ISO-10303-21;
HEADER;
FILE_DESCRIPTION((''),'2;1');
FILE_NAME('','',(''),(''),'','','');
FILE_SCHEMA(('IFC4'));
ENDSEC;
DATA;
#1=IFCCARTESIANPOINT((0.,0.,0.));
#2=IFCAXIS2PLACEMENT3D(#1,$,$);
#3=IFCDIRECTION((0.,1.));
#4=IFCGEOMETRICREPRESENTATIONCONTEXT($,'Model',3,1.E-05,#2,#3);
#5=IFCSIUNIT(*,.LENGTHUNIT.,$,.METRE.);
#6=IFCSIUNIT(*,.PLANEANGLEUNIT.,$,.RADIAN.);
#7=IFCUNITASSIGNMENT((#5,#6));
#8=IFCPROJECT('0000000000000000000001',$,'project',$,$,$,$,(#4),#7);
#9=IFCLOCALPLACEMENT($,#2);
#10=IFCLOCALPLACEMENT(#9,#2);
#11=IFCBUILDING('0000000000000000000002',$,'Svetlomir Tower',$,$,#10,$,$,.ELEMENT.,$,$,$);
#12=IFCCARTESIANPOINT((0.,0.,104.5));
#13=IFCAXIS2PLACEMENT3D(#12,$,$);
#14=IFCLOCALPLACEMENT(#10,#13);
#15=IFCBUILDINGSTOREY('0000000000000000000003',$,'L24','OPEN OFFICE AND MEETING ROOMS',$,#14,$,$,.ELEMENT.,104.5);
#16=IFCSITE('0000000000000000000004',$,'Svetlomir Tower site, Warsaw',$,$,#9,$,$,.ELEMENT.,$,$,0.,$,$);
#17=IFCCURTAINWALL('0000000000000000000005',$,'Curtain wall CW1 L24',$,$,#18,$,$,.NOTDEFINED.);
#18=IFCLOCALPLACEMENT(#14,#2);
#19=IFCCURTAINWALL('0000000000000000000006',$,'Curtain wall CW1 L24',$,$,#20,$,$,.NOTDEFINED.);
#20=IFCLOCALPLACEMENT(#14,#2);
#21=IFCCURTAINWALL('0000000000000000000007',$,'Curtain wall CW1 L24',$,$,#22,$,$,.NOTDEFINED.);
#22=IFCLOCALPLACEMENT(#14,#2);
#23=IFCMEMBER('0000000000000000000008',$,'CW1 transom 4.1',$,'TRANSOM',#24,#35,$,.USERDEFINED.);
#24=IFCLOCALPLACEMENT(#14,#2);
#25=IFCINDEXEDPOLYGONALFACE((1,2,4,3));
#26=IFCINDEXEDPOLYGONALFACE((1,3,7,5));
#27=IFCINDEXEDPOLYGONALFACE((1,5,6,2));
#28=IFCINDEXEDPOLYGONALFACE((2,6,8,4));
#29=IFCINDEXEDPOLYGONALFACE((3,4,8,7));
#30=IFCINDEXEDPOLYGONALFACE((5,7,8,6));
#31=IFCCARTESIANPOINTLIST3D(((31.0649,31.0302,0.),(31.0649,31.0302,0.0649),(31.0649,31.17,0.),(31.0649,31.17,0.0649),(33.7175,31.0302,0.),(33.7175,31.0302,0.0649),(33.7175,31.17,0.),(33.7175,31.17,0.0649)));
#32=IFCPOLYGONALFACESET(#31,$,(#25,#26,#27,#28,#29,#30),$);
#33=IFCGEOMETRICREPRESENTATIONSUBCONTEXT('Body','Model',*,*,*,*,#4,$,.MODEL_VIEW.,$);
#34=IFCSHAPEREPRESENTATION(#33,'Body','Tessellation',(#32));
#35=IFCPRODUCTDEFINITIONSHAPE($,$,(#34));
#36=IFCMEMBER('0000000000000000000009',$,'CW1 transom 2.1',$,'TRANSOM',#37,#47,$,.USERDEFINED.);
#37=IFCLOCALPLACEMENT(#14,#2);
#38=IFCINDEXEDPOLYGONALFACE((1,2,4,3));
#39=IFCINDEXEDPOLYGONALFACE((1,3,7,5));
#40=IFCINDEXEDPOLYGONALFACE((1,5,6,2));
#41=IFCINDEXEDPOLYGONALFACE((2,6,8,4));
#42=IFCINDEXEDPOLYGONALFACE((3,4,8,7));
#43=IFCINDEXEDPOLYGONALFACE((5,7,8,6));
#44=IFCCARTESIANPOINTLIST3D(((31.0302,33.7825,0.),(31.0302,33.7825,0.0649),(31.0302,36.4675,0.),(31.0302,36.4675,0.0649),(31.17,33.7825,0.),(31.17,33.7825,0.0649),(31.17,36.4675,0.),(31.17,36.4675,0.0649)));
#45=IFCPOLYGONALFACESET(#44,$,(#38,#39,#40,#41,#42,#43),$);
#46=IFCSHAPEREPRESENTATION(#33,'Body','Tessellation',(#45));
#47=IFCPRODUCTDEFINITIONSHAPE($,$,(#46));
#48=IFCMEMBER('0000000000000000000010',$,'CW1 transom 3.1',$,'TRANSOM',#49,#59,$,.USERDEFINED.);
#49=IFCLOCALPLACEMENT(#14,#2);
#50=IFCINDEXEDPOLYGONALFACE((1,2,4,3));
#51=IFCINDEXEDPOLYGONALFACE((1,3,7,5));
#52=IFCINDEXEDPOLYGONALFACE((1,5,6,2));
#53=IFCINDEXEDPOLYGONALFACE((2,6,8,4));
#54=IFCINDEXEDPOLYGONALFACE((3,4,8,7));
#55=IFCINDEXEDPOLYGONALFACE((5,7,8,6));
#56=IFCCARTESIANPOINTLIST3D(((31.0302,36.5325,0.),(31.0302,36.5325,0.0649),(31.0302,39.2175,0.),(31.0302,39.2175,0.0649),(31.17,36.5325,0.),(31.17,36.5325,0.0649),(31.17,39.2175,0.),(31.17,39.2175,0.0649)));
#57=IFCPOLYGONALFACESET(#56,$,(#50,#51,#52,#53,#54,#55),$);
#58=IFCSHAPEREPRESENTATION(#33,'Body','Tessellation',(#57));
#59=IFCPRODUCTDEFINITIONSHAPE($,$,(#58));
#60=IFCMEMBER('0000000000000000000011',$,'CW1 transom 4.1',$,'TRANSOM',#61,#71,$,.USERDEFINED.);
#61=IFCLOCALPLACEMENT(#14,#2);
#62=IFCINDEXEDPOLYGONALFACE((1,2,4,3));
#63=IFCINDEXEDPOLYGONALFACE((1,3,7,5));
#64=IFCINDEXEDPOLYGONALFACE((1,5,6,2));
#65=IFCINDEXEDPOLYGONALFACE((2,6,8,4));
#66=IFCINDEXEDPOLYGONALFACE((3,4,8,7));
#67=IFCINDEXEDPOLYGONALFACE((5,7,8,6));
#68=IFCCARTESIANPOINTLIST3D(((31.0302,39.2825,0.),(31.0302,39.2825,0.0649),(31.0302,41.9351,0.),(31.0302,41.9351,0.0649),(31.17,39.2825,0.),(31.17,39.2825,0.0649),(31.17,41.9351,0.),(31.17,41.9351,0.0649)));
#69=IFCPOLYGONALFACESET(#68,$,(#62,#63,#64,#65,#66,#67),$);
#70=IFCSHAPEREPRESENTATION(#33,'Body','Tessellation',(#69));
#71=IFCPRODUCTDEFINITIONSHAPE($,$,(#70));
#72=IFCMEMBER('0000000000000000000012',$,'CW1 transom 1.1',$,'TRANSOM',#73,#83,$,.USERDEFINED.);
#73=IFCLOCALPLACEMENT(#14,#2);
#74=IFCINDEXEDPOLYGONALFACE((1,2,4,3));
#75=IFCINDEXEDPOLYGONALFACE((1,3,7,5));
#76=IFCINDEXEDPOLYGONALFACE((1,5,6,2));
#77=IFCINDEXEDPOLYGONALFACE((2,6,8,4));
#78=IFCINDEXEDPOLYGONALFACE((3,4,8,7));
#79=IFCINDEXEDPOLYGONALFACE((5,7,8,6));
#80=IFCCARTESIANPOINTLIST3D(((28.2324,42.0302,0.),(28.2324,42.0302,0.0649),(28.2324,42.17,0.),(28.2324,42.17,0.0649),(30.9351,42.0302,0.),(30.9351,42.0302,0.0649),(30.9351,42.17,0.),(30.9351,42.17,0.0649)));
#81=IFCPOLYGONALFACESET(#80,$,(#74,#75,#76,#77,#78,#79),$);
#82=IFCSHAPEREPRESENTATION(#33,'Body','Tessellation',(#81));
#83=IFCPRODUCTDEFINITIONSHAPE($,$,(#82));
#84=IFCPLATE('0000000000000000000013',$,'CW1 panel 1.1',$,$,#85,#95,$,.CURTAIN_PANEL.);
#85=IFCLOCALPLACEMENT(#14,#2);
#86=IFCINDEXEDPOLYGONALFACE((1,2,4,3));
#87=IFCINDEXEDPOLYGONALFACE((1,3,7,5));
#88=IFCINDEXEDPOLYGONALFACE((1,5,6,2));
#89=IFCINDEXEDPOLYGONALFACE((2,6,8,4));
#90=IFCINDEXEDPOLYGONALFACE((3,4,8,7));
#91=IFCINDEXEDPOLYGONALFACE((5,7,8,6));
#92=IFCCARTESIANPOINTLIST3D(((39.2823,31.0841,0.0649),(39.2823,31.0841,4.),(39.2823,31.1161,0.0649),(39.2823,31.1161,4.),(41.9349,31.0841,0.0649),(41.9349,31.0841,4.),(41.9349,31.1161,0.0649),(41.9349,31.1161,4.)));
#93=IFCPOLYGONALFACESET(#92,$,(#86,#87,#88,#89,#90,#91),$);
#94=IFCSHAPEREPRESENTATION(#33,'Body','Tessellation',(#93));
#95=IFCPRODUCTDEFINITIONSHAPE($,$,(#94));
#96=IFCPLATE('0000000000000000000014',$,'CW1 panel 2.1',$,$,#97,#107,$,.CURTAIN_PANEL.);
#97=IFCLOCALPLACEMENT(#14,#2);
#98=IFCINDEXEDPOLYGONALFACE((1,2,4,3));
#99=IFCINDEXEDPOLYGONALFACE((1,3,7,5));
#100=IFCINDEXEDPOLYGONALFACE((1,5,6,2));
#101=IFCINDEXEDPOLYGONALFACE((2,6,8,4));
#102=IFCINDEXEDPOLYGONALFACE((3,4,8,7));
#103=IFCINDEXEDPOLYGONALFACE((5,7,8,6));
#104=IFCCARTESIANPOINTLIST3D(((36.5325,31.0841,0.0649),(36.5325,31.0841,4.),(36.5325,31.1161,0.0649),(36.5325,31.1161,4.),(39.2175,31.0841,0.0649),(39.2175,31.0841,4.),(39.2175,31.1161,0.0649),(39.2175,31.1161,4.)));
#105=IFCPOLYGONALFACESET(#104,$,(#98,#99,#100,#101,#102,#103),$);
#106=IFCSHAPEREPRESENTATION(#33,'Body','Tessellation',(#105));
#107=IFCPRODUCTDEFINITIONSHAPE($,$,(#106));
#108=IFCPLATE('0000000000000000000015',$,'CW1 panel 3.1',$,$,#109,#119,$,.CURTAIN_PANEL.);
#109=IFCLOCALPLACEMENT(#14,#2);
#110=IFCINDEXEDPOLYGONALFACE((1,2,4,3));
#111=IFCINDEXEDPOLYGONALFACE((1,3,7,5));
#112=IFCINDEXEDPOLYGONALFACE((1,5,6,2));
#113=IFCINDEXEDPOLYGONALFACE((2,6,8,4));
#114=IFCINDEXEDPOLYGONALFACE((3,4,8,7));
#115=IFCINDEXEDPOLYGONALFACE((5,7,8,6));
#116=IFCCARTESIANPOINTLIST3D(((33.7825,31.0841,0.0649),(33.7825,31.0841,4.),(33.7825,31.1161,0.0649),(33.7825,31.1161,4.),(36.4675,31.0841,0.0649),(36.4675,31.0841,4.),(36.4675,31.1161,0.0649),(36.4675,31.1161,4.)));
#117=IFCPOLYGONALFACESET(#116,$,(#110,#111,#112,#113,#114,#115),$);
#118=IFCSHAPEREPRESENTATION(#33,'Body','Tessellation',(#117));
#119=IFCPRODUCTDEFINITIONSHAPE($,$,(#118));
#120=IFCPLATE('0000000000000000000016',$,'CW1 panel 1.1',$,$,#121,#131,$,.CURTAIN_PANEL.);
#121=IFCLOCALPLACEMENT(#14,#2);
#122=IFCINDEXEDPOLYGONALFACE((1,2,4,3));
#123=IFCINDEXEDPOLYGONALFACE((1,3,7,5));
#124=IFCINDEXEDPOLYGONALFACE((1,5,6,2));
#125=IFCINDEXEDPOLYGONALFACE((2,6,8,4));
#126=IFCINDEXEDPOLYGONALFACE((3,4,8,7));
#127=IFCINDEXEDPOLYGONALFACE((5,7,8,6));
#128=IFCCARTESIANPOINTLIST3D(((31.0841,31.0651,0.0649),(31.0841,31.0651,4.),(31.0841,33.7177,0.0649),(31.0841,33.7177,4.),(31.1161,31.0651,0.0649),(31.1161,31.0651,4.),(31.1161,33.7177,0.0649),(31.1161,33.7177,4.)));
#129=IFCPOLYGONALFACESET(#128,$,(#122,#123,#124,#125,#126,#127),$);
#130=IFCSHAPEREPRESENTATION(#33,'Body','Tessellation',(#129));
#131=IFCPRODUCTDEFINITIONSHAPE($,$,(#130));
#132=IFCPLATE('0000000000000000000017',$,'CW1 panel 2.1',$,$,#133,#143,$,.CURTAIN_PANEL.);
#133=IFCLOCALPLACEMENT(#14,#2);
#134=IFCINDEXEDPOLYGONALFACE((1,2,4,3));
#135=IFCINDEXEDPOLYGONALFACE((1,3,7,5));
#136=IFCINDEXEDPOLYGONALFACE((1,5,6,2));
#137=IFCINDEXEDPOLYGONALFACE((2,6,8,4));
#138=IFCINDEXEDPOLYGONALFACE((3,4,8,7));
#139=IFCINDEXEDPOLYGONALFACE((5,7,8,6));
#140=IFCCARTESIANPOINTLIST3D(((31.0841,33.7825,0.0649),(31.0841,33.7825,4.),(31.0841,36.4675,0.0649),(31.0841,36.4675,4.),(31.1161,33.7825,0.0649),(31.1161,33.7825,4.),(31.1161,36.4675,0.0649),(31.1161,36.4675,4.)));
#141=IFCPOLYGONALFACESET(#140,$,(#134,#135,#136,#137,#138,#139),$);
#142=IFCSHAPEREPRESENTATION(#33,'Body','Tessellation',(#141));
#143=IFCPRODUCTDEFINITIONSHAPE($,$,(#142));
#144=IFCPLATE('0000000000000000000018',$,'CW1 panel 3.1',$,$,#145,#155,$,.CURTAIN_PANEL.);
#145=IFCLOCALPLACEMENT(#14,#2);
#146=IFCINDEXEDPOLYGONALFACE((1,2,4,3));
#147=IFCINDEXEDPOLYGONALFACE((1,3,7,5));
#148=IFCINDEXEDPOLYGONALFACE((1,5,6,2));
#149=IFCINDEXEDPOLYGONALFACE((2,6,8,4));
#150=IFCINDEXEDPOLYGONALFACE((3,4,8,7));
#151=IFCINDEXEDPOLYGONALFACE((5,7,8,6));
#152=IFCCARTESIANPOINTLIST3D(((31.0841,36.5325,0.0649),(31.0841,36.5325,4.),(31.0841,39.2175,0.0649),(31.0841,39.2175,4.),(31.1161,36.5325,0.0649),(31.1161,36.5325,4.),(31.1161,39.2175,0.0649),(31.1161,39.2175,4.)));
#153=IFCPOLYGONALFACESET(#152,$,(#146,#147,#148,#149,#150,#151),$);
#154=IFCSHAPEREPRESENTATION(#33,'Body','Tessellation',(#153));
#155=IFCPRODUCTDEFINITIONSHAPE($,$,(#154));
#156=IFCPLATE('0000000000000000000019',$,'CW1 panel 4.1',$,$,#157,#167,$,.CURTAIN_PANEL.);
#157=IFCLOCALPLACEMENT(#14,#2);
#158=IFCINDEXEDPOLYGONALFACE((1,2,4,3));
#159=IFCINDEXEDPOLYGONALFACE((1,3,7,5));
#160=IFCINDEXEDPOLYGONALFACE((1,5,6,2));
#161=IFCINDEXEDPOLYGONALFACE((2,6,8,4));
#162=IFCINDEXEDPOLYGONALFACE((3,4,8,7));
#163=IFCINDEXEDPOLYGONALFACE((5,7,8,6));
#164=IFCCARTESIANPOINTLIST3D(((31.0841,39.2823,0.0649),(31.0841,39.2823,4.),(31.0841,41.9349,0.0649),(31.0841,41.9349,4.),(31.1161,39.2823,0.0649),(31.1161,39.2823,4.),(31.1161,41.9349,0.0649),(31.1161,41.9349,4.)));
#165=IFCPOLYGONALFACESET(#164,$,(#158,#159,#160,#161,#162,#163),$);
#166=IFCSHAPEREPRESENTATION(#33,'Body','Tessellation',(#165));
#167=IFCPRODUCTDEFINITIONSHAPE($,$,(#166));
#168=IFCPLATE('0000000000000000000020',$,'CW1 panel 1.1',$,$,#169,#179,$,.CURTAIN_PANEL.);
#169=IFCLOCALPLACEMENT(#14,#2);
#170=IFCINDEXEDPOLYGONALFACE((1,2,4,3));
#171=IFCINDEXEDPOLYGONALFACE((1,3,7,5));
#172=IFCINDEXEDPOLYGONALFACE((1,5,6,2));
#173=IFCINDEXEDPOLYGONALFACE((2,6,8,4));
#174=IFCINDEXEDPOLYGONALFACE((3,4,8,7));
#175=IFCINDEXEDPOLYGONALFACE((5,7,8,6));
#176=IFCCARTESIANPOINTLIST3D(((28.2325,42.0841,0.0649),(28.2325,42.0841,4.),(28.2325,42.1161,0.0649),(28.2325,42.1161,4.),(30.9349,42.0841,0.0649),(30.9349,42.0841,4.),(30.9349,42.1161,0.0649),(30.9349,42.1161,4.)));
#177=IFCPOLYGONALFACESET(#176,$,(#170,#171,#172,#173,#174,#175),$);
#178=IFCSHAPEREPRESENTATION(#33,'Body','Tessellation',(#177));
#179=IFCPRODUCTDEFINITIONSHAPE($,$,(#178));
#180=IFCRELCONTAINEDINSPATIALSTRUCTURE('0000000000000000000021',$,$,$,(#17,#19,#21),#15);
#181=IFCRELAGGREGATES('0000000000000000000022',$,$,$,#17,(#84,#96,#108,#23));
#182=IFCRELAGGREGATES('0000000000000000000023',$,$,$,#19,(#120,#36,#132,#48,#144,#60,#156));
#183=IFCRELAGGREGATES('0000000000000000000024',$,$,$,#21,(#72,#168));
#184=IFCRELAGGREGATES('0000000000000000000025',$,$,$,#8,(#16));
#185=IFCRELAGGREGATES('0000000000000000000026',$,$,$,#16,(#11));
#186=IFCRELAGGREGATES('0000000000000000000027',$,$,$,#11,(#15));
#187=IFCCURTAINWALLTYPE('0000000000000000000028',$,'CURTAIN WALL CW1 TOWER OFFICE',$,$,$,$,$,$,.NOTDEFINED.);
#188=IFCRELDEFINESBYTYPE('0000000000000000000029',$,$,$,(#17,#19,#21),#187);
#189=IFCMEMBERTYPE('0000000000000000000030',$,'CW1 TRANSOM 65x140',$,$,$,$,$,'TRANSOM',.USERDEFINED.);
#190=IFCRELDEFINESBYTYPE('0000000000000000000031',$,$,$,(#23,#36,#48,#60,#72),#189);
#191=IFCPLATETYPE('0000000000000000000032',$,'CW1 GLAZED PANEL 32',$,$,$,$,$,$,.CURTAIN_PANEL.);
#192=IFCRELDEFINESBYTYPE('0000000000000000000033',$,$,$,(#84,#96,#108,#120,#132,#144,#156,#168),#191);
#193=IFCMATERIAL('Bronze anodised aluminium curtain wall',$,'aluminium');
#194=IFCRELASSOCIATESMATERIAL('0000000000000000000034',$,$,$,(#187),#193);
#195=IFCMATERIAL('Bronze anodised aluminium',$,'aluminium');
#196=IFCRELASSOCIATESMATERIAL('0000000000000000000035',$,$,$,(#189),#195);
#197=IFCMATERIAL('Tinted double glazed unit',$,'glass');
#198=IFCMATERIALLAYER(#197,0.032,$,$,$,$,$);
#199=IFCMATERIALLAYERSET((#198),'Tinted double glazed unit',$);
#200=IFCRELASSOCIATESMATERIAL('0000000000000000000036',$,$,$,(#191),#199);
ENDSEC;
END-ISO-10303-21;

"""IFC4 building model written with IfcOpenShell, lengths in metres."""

from ifc_helpers import new_model, si_unit, direction, frame, origin, origin_2d, place, context, subcontext, project, spatial, rectangle, extrude, material, layer, layer_set, material_profile, profile_set, type_object, element, aggregate, save


model = new_model("IFC4")

# Units and contexts
model_context = context("Model", 3, precision=1e-05, world=origin(), true_north=direction((0.0, 1.0)))
body_context = subcontext(model_context, "Body", "Model", "MODEL_VIEW")
ifc_project = project(units=[si_unit("LENGTHUNIT", "METRE"), si_unit("PLANEANGLEUNIT", "RADIAN")], contexts=[model_context])

# Site, building, storey
site_placement = place(None, origin())
site = spatial("IfcSite", under=ifc_project, at=site_placement, Name="Svetlomir Tower site, Warsaw", CompositionType="ELEMENT", RefElevation=0.0)
building_placement = place(site_placement, origin())
building = spatial("IfcBuilding", under=site, at=building_placement, Name="Svetlomir Tower", CompositionType="ELEMENT")
storey_placement = place(building_placement, frame((0.0, 0.0, 104.5)))
storey = spatial("IfcBuildingStorey", under=building, at=storey_placement, Name="L24", Description="OPEN OFFICE AND MEETING ROOMS", CompositionType="ELEMENT", Elevation=104.5)

# Curtain walls
ifc_material_1 = material(Name="Bronze anodised aluminium curtain wall", Category="aluminium")
curtain_wall_type = type_object("IfcCurtainWallType", Name="CURTAIN WALL CW1 TOWER OFFICE", PredefinedType="NOTDEFINED", material=ifc_material_1)
curtain_wall_1_placement = place(storey_placement, origin())
curtain_wall_1 = element("IfcCurtainWall", 1, at=curtain_wall_1_placement, inside=storey, type_object=curtain_wall_type, Name="Curtain wall CW1 L24", PredefinedType="NOTDEFINED")
curtain_wall_2_placement = place(storey_placement, origin())
curtain_wall_2 = element("IfcCurtainWall", 2, at=curtain_wall_2_placement, inside=storey, type_object=curtain_wall_type, Name="Curtain wall CW1 L24", PredefinedType="NOTDEFINED")

# Curtain wall
curtain_wall_3_placement = place(storey_placement, origin())
curtain_wall_3 = element("IfcCurtainWall", 3, at=curtain_wall_3_placement, inside=storey, type_object=curtain_wall_type, Name="Curtain wall CW1 L24", PredefinedType="NOTDEFINED")

# Members
ifc_material_2 = material(Name="Bronze anodised aluminium", Category="aluminium")
ifc_material_profile_1 = material_profile(ifc_material_2, rectangle(XDim=0.1399, YDim=0.0649, at=origin_2d()), Name="AL 140x65")
ifc_profile_set_1 = profile_set([ifc_material_profile_1], Name="Bronze anodised aluminium 6063-T6")
member_type_1 = type_object("IfcMemberType", Name="CW1 TRANSOM 65x140", ElementType="TRANSOM", PredefinedType="USERDEFINED", material=ifc_profile_set_1)
member_1_placement = place(storey_placement, frame((33.7175, 31.1001, 0.0325), z_axis=(-1.0, 0.0, 0.0), x_axis=(0.0, -1.0, 0.0)))
member_1 = element("IfcMember", 4, at=member_1_placement, type_object=member_type_1, Name="CW1 transom 4.1", ObjectType="TRANSOM", PredefinedType="USERDEFINED", context=body_context, shape_type="SweptSolid", body=[
    extrude(rectangle(XDim=0.1399, YDim=0.0649, at=origin_2d()), origin(), (0.0, 0.0, 1.0), 2.6526),
])
member_2_placement = place(storey_placement, frame((31.1001, 33.7825, 0.0325), z_axis=(0.0, 1.0, 0.0), x_axis=(-1.0, 0.0, 0.0)))
member_2 = element("IfcMember", 5, at=member_2_placement, type_object=member_type_1, Name="CW1 transom 2.1", ObjectType="TRANSOM", PredefinedType="USERDEFINED", context=body_context, shape_type="SweptSolid", body=[
    extrude(rectangle(XDim=0.1399, YDim=0.0649, at=origin_2d()), origin(), (0.0, 0.0, 1.0), 2.6851),
])
member_3_placement = place(storey_placement, frame((31.1001, 36.5325, 0.0325), z_axis=(0.0, 1.0, 0.0), x_axis=(-1.0, 0.0, 0.0)))
member_3 = element("IfcMember", 6, at=member_3_placement, type_object=member_type_1, Name="CW1 transom 3.1", ObjectType="TRANSOM", PredefinedType="USERDEFINED", context=body_context, shape_type="SweptSolid", body=[
    extrude(rectangle(XDim=0.1399, YDim=0.0649, at=origin_2d()), origin(), (0.0, 0.0, 1.0), 2.6851),
])
member_4_placement = place(storey_placement, frame((31.1001, 39.2825, 0.0325), z_axis=(0.0, 1.0, 0.0), x_axis=(-1.0, 0.0, 0.0)))
member_4 = element("IfcMember", 7, at=member_4_placement, type_object=member_type_1, Name="CW1 transom 4.1", ObjectType="TRANSOM", PredefinedType="USERDEFINED", context=body_context, shape_type="SweptSolid", body=[
    extrude(rectangle(XDim=0.1399, YDim=0.0649, at=origin_2d()), origin(), (0.0, 0.0, 1.0), 2.6526),
])
member_5_placement = place(storey_placement, frame((30.9351, 42.1001, 0.0325), z_axis=(-1.0, 0.0, 0.0), x_axis=(0.0, -1.0, 0.0)))
member_5 = element("IfcMember", 8, at=member_5_placement, type_object=member_type_1, Name="CW1 transom 1.1", ObjectType="TRANSOM", PredefinedType="USERDEFINED", context=body_context, shape_type="SweptSolid", body=[
    extrude(rectangle(XDim=0.1399, YDim=0.0649, at=origin_2d()), origin(), (0.0, 0.0, 1.0), 2.7026),
])

# Plates
ifc_material_3 = material(Name="Tinted double glazed unit", Category="glass")
ifc_layer = layer(ifc_material_3, 0.032)
ifc_layer_set = layer_set([ifc_layer], Name="Tinted double glazed unit")
plate_type = type_object("IfcPlateType", Name="CW1 GLAZED PANEL 32", PredefinedType="CURTAIN_PANEL", material=ifc_layer_set)
plate_1_placement = place(storey_placement, frame((40.6086, 31.1001, 0.0649), z_axis=(0.0, 0.0, 1.0), x_axis=(-1.0, 0.0, 0.0)))
plate_1 = element("IfcPlate", 9, at=plate_1_placement, type_object=plate_type, Name="CW1 panel 1.1", PredefinedType="CURTAIN_PANEL", context=body_context, shape_type="SweptSolid", body=[
    extrude(rectangle(XDim=2.6526, YDim=0.032, at=origin_2d()), origin(), (0.0, 0.0, 1.0), 3.9351),
])
plate_2_placement = place(storey_placement, frame((37.875, 31.1001, 0.0649), z_axis=(0.0, 0.0, 1.0), x_axis=(-1.0, 0.0, 0.0)))
plate_2 = element("IfcPlate", 10, at=plate_2_placement, type_object=plate_type, Name="CW1 panel 2.1", PredefinedType="CURTAIN_PANEL", context=body_context, shape_type="SweptSolid", body=[
    extrude(rectangle(XDim=2.6851, YDim=0.032, at=origin_2d()), origin(), (0.0, 0.0, 1.0), 3.9351),
])
plate_3_placement = place(storey_placement, frame((35.125, 31.1001, 0.0649), z_axis=(0.0, 0.0, 1.0), x_axis=(-1.0, 0.0, 0.0)))
plate_3 = element("IfcPlate", 11, at=plate_3_placement, type_object=plate_type, Name="CW1 panel 3.1", PredefinedType="CURTAIN_PANEL", context=body_context, shape_type="SweptSolid", body=[
    extrude(rectangle(XDim=2.6851, YDim=0.032, at=origin_2d()), origin(), (0.0, 0.0, 1.0), 3.9351),
])
aggregate(curtain_wall_1, [plate_1, plate_2, plate_3, member_1])
plate_4_placement = place(storey_placement, frame((31.1001, 32.3914, 0.0649), z_axis=(0.0, 0.0, 1.0), x_axis=(0.0, 1.0, 0.0)))
plate_4 = element("IfcPlate", 12, at=plate_4_placement, type_object=plate_type, Name="CW1 panel 1.1", PredefinedType="CURTAIN_PANEL", context=body_context, shape_type="SweptSolid", body=[
    extrude(rectangle(XDim=2.6526, YDim=0.032, at=origin_2d()), origin(), (0.0, 0.0, 1.0), 3.9351),
])
plate_5_placement = place(storey_placement, frame((31.1001, 35.125, 0.0649), z_axis=(0.0, 0.0, 1.0), x_axis=(0.0, 1.0, 0.0)))
plate_5 = element("IfcPlate", 13, at=plate_5_placement, type_object=plate_type, Name="CW1 panel 2.1", PredefinedType="CURTAIN_PANEL", context=body_context, shape_type="SweptSolid", body=[
    extrude(rectangle(XDim=2.6851, YDim=0.032, at=origin_2d()), origin(), (0.0, 0.0, 1.0), 3.9351),
])
plate_6_placement = place(storey_placement, frame((31.1001, 37.875, 0.0649), z_axis=(0.0, 0.0, 1.0), x_axis=(0.0, 1.0, 0.0)))
plate_6 = element("IfcPlate", 14, at=plate_6_placement, type_object=plate_type, Name="CW1 panel 3.1", PredefinedType="CURTAIN_PANEL", context=body_context, shape_type="SweptSolid", body=[
    extrude(rectangle(XDim=2.6851, YDim=0.032, at=origin_2d()), origin(), (0.0, 0.0, 1.0), 3.9351),
])
plate_7_placement = place(storey_placement, frame((31.1001, 40.6086, 0.0649), z_axis=(0.0, 0.0, 1.0), x_axis=(0.0, 1.0, 0.0)))
plate_7 = element("IfcPlate", 15, at=plate_7_placement, type_object=plate_type, Name="CW1 panel 4.1", PredefinedType="CURTAIN_PANEL", context=body_context, shape_type="SweptSolid", body=[
    extrude(rectangle(XDim=2.6526, YDim=0.032, at=origin_2d()), origin(), (0.0, 0.0, 1.0), 3.9351),
])
aggregate(curtain_wall_2, [plate_4, member_2, plate_5, member_3, plate_6, member_4, plate_7])
plate_8_placement = place(storey_placement, frame((29.5837, 42.1001, 0.0649), z_axis=(0.0, 0.0, 1.0), x_axis=(-1.0, 0.0, 0.0)))
plate_8 = element("IfcPlate", 16, at=plate_8_placement, type_object=plate_type, Name="CW1 panel 1.1", PredefinedType="CURTAIN_PANEL", context=body_context, shape_type="SweptSolid", body=[
    extrude(rectangle(XDim=2.7024, YDim=0.032, at=origin_2d()), origin(), (0.0, 0.0, 1.0), 3.9351),
])
aggregate(curtain_wall_3, [member_5, plate_8])

save(model, "model.ifc")
